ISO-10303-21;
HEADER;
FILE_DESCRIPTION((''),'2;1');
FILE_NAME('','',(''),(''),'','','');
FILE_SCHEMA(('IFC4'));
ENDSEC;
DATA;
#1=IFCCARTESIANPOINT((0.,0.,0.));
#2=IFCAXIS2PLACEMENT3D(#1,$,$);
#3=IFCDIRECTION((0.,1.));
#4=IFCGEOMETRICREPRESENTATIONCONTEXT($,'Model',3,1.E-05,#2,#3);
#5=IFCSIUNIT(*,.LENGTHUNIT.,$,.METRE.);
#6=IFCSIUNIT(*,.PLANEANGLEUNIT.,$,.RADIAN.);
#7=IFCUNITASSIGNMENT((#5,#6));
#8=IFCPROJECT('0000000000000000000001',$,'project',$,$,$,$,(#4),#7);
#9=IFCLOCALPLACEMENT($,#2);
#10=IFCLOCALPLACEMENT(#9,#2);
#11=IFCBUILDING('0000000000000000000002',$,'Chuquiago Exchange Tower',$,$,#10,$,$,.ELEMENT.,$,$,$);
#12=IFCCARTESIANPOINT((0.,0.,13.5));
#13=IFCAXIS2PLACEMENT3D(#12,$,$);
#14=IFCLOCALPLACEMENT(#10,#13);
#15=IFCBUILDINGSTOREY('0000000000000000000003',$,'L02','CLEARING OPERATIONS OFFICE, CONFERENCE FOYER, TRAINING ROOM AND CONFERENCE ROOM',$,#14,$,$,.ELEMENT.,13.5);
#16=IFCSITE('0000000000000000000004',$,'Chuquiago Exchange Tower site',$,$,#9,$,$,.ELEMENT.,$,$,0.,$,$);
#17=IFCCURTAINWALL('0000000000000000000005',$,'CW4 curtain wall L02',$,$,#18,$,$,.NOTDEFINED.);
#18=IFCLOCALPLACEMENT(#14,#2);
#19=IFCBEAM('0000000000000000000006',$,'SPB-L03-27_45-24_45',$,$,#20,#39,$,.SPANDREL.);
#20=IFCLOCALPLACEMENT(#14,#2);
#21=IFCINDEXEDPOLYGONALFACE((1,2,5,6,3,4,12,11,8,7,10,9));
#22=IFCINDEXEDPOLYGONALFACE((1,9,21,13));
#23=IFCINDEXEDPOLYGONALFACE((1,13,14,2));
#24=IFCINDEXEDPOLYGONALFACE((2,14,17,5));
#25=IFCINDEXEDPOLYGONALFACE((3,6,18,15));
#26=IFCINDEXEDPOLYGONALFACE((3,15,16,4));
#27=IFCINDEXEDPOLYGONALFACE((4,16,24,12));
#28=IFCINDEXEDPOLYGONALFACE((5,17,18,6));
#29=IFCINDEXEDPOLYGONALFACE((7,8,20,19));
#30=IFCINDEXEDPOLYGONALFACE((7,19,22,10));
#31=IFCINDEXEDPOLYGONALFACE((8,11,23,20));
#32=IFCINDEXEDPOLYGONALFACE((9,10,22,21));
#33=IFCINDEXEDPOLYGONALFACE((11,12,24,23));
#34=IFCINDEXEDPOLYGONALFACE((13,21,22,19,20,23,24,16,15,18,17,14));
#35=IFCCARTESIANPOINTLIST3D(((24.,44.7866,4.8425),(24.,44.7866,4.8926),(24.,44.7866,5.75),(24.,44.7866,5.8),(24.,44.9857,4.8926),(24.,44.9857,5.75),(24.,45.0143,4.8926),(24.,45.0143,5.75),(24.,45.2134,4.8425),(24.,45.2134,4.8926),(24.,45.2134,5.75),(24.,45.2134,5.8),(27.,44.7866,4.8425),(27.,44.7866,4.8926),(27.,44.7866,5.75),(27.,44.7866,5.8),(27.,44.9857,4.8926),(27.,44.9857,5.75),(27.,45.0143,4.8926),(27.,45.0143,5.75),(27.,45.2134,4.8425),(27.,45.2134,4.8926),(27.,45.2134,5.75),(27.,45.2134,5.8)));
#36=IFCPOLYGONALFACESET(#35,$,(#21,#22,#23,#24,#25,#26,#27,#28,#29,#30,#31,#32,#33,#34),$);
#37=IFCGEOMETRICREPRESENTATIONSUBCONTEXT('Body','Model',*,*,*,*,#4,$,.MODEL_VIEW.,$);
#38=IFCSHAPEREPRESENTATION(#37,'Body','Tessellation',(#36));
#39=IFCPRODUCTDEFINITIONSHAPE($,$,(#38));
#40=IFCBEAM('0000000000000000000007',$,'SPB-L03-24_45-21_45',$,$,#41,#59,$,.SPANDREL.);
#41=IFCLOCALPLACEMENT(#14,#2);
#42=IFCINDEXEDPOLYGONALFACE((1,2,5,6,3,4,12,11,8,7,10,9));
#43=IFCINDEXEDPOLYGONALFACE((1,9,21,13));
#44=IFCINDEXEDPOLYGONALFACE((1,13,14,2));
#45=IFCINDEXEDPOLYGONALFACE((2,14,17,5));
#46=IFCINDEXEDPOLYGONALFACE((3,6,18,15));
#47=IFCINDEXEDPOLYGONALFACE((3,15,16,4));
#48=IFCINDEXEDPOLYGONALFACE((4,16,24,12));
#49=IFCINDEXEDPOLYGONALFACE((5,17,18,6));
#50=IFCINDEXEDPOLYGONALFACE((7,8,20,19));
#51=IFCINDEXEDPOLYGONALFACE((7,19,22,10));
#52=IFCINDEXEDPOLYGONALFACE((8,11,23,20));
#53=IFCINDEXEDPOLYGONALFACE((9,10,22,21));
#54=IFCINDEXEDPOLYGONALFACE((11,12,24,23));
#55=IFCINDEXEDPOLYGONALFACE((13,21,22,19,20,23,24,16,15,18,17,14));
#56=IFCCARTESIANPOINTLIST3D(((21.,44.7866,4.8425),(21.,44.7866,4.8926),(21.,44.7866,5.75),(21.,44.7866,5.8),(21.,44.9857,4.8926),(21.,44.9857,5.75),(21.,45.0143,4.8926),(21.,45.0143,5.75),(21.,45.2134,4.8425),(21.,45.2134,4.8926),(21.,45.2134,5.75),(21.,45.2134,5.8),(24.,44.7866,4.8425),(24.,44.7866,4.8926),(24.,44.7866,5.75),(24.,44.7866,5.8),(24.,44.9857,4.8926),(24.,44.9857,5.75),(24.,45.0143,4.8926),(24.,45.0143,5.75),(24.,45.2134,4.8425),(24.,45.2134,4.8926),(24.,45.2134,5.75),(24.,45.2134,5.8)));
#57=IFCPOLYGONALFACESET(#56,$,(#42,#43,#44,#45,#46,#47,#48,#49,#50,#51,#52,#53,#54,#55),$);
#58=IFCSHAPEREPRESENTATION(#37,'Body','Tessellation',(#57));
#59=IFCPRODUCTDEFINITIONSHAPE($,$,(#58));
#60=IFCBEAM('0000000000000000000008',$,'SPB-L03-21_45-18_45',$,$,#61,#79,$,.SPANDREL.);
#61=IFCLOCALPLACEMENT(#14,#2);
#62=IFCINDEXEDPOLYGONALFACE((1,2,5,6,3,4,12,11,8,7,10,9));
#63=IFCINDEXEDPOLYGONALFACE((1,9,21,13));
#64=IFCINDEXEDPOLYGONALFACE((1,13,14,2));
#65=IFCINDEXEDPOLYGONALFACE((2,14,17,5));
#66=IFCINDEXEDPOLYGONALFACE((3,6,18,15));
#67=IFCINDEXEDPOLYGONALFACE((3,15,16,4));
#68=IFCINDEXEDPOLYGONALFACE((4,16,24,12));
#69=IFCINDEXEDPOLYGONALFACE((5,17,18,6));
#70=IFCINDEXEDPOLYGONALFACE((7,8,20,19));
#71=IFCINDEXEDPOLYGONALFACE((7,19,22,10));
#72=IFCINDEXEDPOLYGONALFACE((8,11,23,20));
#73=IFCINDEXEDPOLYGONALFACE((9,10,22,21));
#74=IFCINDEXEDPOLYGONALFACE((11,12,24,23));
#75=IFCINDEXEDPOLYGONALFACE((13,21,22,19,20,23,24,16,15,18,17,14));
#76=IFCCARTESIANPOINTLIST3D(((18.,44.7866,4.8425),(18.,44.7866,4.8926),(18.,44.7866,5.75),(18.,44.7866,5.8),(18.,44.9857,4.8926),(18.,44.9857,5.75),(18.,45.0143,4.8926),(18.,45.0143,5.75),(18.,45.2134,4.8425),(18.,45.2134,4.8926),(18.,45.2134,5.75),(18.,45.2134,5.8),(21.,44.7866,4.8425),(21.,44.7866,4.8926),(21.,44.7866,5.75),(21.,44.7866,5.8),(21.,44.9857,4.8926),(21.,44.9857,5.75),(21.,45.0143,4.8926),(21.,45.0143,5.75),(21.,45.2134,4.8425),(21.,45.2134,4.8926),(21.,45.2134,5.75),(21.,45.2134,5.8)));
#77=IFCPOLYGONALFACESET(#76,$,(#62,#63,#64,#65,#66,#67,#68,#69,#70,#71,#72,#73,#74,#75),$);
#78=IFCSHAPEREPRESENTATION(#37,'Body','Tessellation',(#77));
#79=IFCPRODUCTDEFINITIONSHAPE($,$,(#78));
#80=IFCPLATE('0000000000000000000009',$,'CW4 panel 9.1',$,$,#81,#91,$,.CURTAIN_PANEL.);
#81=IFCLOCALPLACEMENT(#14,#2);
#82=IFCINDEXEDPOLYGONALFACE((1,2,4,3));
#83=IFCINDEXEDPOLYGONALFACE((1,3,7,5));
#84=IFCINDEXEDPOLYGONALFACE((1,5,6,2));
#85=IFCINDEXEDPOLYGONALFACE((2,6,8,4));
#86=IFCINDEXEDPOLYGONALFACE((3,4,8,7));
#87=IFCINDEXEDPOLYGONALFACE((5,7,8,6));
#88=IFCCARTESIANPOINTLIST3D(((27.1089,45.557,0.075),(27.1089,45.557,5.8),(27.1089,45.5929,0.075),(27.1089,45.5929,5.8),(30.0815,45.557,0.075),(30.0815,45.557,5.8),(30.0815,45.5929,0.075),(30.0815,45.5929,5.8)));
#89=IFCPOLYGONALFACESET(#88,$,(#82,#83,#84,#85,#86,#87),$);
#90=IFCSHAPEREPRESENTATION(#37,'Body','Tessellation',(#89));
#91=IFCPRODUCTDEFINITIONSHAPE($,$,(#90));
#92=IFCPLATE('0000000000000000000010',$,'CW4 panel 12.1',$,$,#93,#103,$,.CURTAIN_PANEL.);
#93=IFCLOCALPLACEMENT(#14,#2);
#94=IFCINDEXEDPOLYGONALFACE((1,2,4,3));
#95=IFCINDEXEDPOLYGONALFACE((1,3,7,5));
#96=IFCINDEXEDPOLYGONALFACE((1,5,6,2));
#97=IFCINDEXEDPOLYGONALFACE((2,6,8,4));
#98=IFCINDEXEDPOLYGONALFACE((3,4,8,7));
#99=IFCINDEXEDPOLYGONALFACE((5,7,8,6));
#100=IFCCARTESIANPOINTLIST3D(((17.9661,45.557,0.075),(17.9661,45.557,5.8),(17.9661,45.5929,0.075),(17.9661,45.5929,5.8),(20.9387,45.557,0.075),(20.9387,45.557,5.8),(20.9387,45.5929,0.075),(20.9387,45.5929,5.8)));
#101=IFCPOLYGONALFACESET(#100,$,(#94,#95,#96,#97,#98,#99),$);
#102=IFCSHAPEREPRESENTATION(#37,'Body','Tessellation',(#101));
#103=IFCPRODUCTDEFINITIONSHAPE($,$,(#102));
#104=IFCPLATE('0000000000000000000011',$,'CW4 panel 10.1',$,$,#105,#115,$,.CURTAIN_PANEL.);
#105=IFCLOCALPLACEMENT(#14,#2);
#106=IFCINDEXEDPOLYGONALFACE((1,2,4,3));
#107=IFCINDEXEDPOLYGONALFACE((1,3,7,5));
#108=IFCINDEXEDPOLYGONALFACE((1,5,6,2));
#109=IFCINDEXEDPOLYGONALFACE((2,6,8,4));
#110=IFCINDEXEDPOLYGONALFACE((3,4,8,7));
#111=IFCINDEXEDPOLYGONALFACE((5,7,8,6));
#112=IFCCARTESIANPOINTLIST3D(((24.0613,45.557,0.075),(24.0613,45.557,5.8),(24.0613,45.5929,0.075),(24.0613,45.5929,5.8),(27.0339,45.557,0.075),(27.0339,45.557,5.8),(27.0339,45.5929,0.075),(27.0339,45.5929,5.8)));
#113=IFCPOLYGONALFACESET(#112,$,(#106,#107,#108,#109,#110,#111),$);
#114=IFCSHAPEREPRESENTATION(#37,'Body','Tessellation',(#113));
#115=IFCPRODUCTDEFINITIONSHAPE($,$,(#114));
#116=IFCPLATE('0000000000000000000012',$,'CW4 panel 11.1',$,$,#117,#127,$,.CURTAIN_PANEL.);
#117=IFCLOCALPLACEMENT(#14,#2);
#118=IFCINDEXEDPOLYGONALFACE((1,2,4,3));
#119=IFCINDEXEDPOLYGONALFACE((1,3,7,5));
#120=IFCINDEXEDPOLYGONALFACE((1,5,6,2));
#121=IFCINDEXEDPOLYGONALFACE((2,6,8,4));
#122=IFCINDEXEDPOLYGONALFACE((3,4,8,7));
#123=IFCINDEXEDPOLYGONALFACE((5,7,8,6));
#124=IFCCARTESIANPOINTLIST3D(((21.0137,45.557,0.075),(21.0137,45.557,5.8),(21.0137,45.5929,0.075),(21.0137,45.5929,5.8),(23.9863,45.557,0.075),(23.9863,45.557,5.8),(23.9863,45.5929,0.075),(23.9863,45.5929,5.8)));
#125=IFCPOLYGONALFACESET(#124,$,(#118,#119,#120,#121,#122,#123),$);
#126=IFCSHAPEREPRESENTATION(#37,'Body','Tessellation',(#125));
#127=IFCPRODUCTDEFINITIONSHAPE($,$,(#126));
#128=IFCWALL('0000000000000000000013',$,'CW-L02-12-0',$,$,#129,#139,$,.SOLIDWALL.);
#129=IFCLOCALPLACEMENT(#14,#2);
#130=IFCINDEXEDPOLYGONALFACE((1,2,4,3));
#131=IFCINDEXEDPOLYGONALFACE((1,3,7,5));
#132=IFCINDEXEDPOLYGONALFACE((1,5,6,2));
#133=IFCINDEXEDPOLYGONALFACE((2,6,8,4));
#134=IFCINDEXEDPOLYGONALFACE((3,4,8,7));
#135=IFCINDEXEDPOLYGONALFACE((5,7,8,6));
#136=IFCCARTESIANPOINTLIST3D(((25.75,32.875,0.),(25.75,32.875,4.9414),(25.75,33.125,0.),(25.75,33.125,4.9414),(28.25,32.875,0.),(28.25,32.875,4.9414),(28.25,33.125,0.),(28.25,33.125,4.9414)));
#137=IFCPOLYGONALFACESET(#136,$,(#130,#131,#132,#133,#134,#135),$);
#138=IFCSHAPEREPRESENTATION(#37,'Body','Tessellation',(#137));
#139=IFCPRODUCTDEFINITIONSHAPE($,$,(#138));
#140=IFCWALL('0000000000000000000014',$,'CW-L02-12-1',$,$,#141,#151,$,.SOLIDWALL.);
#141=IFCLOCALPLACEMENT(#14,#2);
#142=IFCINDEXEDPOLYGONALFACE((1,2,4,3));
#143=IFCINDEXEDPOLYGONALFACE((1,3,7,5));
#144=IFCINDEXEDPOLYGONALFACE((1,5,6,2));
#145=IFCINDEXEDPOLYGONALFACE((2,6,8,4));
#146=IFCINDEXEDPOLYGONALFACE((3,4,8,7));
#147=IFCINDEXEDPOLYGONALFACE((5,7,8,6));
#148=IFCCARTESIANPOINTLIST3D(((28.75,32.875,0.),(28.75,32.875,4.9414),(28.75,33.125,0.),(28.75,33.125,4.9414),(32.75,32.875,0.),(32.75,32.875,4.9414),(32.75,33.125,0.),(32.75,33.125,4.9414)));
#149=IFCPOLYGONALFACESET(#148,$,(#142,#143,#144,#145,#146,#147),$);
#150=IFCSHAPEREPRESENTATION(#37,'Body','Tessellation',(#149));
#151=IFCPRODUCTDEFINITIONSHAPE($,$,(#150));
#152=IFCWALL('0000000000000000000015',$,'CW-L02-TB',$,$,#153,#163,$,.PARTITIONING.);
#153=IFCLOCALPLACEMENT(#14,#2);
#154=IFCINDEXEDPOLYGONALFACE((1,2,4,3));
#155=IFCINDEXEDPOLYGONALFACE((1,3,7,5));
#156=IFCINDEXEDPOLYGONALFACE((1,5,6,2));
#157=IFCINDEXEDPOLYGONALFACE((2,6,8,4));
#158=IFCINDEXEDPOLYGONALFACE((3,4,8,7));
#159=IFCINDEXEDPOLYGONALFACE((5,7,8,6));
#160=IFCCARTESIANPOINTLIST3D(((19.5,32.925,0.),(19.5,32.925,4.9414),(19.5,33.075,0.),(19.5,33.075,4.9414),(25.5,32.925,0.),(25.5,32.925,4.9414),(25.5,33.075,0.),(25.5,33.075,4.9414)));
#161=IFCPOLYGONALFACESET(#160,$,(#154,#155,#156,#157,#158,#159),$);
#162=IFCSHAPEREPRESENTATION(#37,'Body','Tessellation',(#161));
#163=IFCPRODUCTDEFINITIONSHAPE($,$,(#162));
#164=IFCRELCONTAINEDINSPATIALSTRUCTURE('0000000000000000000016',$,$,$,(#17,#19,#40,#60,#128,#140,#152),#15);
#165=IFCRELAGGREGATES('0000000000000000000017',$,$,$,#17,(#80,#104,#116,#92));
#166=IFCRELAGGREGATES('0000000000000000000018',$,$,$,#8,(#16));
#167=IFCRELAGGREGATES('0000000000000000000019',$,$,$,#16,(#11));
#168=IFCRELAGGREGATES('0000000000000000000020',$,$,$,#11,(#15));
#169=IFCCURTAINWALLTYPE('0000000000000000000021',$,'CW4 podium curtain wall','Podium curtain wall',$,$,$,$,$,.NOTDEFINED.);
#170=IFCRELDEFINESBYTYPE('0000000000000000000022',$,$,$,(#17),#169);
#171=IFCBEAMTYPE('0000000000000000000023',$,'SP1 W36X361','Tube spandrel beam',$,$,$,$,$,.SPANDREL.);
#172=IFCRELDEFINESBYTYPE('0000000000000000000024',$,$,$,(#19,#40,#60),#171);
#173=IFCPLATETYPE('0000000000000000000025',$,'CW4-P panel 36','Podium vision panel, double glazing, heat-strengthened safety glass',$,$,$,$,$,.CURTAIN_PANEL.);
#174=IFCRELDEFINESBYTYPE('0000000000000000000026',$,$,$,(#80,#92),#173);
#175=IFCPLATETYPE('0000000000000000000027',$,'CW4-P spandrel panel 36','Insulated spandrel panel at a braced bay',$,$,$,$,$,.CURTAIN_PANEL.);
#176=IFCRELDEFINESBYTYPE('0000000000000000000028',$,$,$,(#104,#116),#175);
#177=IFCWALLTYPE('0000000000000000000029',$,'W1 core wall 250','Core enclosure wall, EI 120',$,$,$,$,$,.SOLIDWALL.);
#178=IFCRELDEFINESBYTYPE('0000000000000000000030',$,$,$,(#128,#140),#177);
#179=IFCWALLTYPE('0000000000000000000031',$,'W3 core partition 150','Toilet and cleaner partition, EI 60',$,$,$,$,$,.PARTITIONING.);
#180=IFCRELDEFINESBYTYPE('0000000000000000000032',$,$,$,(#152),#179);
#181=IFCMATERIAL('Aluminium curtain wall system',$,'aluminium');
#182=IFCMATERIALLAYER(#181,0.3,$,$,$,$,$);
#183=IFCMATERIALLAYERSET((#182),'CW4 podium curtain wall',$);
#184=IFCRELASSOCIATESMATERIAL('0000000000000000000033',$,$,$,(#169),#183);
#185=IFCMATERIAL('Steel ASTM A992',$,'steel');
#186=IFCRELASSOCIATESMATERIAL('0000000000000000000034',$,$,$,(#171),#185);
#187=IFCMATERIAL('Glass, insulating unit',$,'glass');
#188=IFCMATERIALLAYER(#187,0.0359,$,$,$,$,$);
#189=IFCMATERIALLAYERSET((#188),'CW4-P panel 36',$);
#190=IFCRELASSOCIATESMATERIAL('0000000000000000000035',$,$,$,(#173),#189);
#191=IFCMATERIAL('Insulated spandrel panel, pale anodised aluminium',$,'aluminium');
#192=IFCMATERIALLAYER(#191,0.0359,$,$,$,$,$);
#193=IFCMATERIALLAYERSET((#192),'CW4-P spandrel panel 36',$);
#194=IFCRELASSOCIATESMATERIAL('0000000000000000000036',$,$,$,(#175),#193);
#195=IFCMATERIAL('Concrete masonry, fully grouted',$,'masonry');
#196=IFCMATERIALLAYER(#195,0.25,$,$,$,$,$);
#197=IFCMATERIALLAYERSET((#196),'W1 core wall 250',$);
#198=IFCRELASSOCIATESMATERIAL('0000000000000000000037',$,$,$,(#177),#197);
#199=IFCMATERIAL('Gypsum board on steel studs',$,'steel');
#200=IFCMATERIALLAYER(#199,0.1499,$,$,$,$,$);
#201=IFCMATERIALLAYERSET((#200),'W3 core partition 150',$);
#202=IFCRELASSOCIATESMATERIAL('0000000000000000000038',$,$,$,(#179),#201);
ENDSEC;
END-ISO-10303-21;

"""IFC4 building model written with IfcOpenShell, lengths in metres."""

from ifc_helpers import new_model, si_unit, direction, frame, frame_2d, origin, origin_2d, place, context, subcontext, project, spatial, rectangle, i_section, extrude, material, layer, layer_set, material_profile, profile_set, type_object, element, aggregate, save


model = new_model("IFC4")

# Units and contexts
model_context = context("Model", 3, precision=1e-05, world=origin(), true_north=direction((0.0, 1.0)))
body_context = subcontext(model_context, "Body", "Model", "MODEL_VIEW")
ifc_project = project(units=[si_unit("LENGTHUNIT", "METRE"), si_unit("PLANEANGLEUNIT", "RADIAN")], contexts=[model_context])

# Site, building, storey
site_placement = place(None, origin())
site = spatial("IfcSite", under=ifc_project, at=site_placement, Name="Chuquiago Exchange Tower site", CompositionType="ELEMENT", RefElevation=0.0)
building_placement = place(site_placement, origin())
building = spatial("IfcBuilding", under=site, at=building_placement, Name="Chuquiago Exchange Tower", CompositionType="ELEMENT")
storey_placement = place(building_placement, frame((0.0, 0.0, 13.5)))
storey = spatial("IfcBuildingStorey", under=building, at=storey_placement, Name="L02", Description="CLEARING OPERATIONS OFFICE, CONFERENCE FOYER, TRAINING ROOM AND CONFERENCE ROOM", CompositionType="ELEMENT", Elevation=13.5)

# Curtain wall
ifc_material_1 = material(Name="Aluminium curtain wall system", Category="aluminium")
ifc_layer_1 = layer(ifc_material_1, 0.3)
ifc_layer_set_1 = layer_set([ifc_layer_1], Name="CW4 podium curtain wall")
curtain_wall_type = type_object("IfcCurtainWallType", Name="CW4 podium curtain wall", Description="Podium curtain wall", PredefinedType="NOTDEFINED", material=ifc_layer_set_1)
curtain_wall_placement = place(storey_placement, origin())
curtain_wall = element("IfcCurtainWall", 1, at=curtain_wall_placement, inside=storey, type_object=curtain_wall_type, Name="CW4 curtain wall L02", PredefinedType="NOTDEFINED")

# Beams
ifc_material_2 = material(Name="Steel ASTM A992", Category="steel")
ifc_material_profile_1 = material_profile(ifc_material_2, i_section(OverallWidth=0.4268, OverallDepth=0.9575, WebThickness=0.0286, FlangeThickness=0.05, at=origin_2d()), Name="W36X361")
ifc_profile_set_1 = profile_set([ifc_material_profile_1], Name="Steel ASTM A992")
beam_type_1 = type_object("IfcBeamType", Name="SP1 W36X361", Description="Tube spandrel beam", PredefinedType="SPANDREL", material=ifc_profile_set_1)
for number, where, z_axis, x_axis, name in (
    (2, (27.0, 45.0, 5.3213), (-1.0, 0.0, 0.0), (0.0, -1.0, 0.0), "SPB-L03-27_45-24_45"),
    (3, (24.0, 45.0, 5.3213), (-1.0, 0.0, 0.0), (0.0, -1.0, 0.0), "SPB-L03-24_45-21_45"),
    (4, (21.0, 45.0, 5.3213), (-1.0, 0.0, 0.0), (0.0, -1.0, 0.0), "SPB-L03-21_45-18_45"),
):
    element("IfcBeam", number, at=place(storey_placement, frame(where, z_axis=z_axis, x_axis=x_axis)), inside=storey, type_object=beam_type_1, Name=name, PredefinedType="SPANDREL", context=body_context, shape_type="SweptSolid", body=[
        extrude(i_section(OverallWidth=0.4268, OverallDepth=0.9575, WebThickness=0.0286, FlangeThickness=0.05, at=origin_2d()), origin(), (0.0, 0.0, 1.0), 3.0),
    ])

# Plates
ifc_material_3 = material(Name="Glass, insulating unit", Category="glass")
ifc_layer_2 = layer(ifc_material_3, 0.0359)
ifc_layer_set_2 = layer_set([ifc_layer_2], Name="CW4-P panel 36")
plate_type_1 = type_object("IfcPlateType", Name="CW4-P panel 36", Description="Podium vision panel, double glazing, heat-strengthened safety glass", PredefinedType="CURTAIN_PANEL", material=ifc_layer_set_2)
plate_1_placement = place(storey_placement, frame((28.5952, 45.575, 0.075), z_axis=(0.0, 0.0, 1.0), x_axis=(-1.0, 0.0, 0.0)))
plate_1 = element("IfcPlate", 5, at=plate_1_placement, type_object=plate_type_1, Name="CW4 panel 9.1", PredefinedType="CURTAIN_PANEL", context=body_context, shape_type="SweptSolid", body=[
    extrude(rectangle(XDim=2.9727, YDim=0.0359, at=origin_2d()), origin(), (0.0, 0.0, 1.0), 5.7251),
])
plate_2_placement = place(storey_placement, frame((19.4524, 45.575, 0.075), z_axis=(0.0, 0.0, 1.0), x_axis=(-1.0, 0.0, 0.0)))
plate_2 = element("IfcPlate", 6, at=plate_2_placement, type_object=plate_type_1, Name="CW4 panel 12.1", PredefinedType="CURTAIN_PANEL", context=body_context, shape_type="SweptSolid", body=[
    extrude(rectangle(XDim=2.9727, YDim=0.0359, at=origin_2d()), origin(), (0.0, 0.0, 1.0), 5.7251),
])
ifc_material_4 = material(Name="Insulated spandrel panel, pale anodised aluminium", Category="aluminium")
ifc_layer_3 = layer(ifc_material_4, 0.0359)
ifc_layer_set_3 = layer_set([ifc_layer_3], Name="CW4-P spandrel panel 36")
plate_type_2 = type_object("IfcPlateType", Name="CW4-P spandrel panel 36", Description="Insulated spandrel panel at a braced bay", PredefinedType="CURTAIN_PANEL", material=ifc_layer_set_3)
plate_3_placement = place(storey_placement, frame((25.5476, 45.575, 0.075), z_axis=(0.0, 0.0, 1.0), x_axis=(-1.0, 0.0, 0.0)))
plate_3 = element("IfcPlate", 7, at=plate_3_placement, type_object=plate_type_2, Name="CW4 panel 10.1", PredefinedType="CURTAIN_PANEL", context=body_context, shape_type="SweptSolid", body=[
    extrude(rectangle(XDim=2.9727, YDim=0.0359, at=origin_2d()), origin(), (0.0, 0.0, 1.0), 5.7251),
])
plate_4_placement = place(storey_placement, frame((22.5, 45.575, 0.075), z_axis=(0.0, 0.0, 1.0), x_axis=(-1.0, 0.0, 0.0)))
plate_4 = element("IfcPlate", 8, at=plate_4_placement, type_object=plate_type_2, Name="CW4 panel 11.1", PredefinedType="CURTAIN_PANEL", context=body_context, shape_type="SweptSolid", body=[
    extrude(rectangle(XDim=2.9727, YDim=0.0359, at=origin_2d()), origin(), (0.0, 0.0, 1.0), 5.7251),
])
aggregate(curtain_wall, [plate_1, plate_3, plate_4, plate_2])

# Walls
ifc_material_5 = material(Name="Concrete masonry, fully grouted", Category="masonry")
ifc_layer_4 = layer(ifc_material_5, 0.25)
ifc_layer_set_4 = layer_set([ifc_layer_4], Name="W1 core wall 250")
wall_type_1 = type_object("IfcWallType", Name="W1 core wall 250", Description="Core enclosure wall, EI 120", PredefinedType="SOLIDWALL", material=ifc_layer_set_4)
wall_1_placement = place(storey_placement, frame((25.75, 33.0, 0.0), z_axis=(0.0, 0.0, 1.0), x_axis=(1.0, 0.0, 0.0)))
element("IfcWall", 9, at=wall_1_placement, inside=storey, type_object=wall_type_1, Name="CW-L02-12-0", PredefinedType="SOLIDWALL", context=body_context, shape_type="SweptSolid", body=[
    extrude(rectangle(XDim=2.5, YDim=0.25, at=frame_2d((1.25, 0.0))), origin(), (0.0, 0.0, 1.0), 4.9414),
])
wall_2_placement = place(storey_placement, frame((28.75, 33.0, 0.0), z_axis=(0.0, 0.0, 1.0), x_axis=(1.0, 0.0, 0.0)))
element("IfcWall", 10, at=wall_2_placement, inside=storey, type_object=wall_type_1, Name="CW-L02-12-1", PredefinedType="SOLIDWALL", context=body_context, shape_type="SweptSolid", body=[
    extrude(rectangle(XDim=4.0, YDim=0.25, at=frame_2d((2.0, 0.0))), origin(), (0.0, 0.0, 1.0), 4.9414),
])
ifc_material_6 = material(Name="Gypsum board on steel studs", Category="steel")
ifc_layer_5 = layer(ifc_material_6, 0.1499)
ifc_layer_set_5 = layer_set([ifc_layer_5], Name="W3 core partition 150")
wall_type_2 = type_object("IfcWallType", Name="W3 core partition 150", Description="Toilet and cleaner partition, EI 60", PredefinedType="PARTITIONING", material=ifc_layer_set_5)
wall_3_placement = place(storey_placement, frame((19.5, 33.0, 0.0), z_axis=(0.0, 0.0, 1.0), x_axis=(1.0, 0.0, 0.0)))
element("IfcWall", 11, at=wall_3_placement, inside=storey, type_object=wall_type_2, Name="CW-L02-TB", PredefinedType="PARTITIONING", context=body_context, shape_type="SweptSolid", body=[
    extrude(rectangle(XDim=6.0, YDim=0.1499, at=frame_2d((3.0, 0.0))), origin(), (0.0, 0.0, 1.0), 4.9414),
])

save(model, "model.ifc")
